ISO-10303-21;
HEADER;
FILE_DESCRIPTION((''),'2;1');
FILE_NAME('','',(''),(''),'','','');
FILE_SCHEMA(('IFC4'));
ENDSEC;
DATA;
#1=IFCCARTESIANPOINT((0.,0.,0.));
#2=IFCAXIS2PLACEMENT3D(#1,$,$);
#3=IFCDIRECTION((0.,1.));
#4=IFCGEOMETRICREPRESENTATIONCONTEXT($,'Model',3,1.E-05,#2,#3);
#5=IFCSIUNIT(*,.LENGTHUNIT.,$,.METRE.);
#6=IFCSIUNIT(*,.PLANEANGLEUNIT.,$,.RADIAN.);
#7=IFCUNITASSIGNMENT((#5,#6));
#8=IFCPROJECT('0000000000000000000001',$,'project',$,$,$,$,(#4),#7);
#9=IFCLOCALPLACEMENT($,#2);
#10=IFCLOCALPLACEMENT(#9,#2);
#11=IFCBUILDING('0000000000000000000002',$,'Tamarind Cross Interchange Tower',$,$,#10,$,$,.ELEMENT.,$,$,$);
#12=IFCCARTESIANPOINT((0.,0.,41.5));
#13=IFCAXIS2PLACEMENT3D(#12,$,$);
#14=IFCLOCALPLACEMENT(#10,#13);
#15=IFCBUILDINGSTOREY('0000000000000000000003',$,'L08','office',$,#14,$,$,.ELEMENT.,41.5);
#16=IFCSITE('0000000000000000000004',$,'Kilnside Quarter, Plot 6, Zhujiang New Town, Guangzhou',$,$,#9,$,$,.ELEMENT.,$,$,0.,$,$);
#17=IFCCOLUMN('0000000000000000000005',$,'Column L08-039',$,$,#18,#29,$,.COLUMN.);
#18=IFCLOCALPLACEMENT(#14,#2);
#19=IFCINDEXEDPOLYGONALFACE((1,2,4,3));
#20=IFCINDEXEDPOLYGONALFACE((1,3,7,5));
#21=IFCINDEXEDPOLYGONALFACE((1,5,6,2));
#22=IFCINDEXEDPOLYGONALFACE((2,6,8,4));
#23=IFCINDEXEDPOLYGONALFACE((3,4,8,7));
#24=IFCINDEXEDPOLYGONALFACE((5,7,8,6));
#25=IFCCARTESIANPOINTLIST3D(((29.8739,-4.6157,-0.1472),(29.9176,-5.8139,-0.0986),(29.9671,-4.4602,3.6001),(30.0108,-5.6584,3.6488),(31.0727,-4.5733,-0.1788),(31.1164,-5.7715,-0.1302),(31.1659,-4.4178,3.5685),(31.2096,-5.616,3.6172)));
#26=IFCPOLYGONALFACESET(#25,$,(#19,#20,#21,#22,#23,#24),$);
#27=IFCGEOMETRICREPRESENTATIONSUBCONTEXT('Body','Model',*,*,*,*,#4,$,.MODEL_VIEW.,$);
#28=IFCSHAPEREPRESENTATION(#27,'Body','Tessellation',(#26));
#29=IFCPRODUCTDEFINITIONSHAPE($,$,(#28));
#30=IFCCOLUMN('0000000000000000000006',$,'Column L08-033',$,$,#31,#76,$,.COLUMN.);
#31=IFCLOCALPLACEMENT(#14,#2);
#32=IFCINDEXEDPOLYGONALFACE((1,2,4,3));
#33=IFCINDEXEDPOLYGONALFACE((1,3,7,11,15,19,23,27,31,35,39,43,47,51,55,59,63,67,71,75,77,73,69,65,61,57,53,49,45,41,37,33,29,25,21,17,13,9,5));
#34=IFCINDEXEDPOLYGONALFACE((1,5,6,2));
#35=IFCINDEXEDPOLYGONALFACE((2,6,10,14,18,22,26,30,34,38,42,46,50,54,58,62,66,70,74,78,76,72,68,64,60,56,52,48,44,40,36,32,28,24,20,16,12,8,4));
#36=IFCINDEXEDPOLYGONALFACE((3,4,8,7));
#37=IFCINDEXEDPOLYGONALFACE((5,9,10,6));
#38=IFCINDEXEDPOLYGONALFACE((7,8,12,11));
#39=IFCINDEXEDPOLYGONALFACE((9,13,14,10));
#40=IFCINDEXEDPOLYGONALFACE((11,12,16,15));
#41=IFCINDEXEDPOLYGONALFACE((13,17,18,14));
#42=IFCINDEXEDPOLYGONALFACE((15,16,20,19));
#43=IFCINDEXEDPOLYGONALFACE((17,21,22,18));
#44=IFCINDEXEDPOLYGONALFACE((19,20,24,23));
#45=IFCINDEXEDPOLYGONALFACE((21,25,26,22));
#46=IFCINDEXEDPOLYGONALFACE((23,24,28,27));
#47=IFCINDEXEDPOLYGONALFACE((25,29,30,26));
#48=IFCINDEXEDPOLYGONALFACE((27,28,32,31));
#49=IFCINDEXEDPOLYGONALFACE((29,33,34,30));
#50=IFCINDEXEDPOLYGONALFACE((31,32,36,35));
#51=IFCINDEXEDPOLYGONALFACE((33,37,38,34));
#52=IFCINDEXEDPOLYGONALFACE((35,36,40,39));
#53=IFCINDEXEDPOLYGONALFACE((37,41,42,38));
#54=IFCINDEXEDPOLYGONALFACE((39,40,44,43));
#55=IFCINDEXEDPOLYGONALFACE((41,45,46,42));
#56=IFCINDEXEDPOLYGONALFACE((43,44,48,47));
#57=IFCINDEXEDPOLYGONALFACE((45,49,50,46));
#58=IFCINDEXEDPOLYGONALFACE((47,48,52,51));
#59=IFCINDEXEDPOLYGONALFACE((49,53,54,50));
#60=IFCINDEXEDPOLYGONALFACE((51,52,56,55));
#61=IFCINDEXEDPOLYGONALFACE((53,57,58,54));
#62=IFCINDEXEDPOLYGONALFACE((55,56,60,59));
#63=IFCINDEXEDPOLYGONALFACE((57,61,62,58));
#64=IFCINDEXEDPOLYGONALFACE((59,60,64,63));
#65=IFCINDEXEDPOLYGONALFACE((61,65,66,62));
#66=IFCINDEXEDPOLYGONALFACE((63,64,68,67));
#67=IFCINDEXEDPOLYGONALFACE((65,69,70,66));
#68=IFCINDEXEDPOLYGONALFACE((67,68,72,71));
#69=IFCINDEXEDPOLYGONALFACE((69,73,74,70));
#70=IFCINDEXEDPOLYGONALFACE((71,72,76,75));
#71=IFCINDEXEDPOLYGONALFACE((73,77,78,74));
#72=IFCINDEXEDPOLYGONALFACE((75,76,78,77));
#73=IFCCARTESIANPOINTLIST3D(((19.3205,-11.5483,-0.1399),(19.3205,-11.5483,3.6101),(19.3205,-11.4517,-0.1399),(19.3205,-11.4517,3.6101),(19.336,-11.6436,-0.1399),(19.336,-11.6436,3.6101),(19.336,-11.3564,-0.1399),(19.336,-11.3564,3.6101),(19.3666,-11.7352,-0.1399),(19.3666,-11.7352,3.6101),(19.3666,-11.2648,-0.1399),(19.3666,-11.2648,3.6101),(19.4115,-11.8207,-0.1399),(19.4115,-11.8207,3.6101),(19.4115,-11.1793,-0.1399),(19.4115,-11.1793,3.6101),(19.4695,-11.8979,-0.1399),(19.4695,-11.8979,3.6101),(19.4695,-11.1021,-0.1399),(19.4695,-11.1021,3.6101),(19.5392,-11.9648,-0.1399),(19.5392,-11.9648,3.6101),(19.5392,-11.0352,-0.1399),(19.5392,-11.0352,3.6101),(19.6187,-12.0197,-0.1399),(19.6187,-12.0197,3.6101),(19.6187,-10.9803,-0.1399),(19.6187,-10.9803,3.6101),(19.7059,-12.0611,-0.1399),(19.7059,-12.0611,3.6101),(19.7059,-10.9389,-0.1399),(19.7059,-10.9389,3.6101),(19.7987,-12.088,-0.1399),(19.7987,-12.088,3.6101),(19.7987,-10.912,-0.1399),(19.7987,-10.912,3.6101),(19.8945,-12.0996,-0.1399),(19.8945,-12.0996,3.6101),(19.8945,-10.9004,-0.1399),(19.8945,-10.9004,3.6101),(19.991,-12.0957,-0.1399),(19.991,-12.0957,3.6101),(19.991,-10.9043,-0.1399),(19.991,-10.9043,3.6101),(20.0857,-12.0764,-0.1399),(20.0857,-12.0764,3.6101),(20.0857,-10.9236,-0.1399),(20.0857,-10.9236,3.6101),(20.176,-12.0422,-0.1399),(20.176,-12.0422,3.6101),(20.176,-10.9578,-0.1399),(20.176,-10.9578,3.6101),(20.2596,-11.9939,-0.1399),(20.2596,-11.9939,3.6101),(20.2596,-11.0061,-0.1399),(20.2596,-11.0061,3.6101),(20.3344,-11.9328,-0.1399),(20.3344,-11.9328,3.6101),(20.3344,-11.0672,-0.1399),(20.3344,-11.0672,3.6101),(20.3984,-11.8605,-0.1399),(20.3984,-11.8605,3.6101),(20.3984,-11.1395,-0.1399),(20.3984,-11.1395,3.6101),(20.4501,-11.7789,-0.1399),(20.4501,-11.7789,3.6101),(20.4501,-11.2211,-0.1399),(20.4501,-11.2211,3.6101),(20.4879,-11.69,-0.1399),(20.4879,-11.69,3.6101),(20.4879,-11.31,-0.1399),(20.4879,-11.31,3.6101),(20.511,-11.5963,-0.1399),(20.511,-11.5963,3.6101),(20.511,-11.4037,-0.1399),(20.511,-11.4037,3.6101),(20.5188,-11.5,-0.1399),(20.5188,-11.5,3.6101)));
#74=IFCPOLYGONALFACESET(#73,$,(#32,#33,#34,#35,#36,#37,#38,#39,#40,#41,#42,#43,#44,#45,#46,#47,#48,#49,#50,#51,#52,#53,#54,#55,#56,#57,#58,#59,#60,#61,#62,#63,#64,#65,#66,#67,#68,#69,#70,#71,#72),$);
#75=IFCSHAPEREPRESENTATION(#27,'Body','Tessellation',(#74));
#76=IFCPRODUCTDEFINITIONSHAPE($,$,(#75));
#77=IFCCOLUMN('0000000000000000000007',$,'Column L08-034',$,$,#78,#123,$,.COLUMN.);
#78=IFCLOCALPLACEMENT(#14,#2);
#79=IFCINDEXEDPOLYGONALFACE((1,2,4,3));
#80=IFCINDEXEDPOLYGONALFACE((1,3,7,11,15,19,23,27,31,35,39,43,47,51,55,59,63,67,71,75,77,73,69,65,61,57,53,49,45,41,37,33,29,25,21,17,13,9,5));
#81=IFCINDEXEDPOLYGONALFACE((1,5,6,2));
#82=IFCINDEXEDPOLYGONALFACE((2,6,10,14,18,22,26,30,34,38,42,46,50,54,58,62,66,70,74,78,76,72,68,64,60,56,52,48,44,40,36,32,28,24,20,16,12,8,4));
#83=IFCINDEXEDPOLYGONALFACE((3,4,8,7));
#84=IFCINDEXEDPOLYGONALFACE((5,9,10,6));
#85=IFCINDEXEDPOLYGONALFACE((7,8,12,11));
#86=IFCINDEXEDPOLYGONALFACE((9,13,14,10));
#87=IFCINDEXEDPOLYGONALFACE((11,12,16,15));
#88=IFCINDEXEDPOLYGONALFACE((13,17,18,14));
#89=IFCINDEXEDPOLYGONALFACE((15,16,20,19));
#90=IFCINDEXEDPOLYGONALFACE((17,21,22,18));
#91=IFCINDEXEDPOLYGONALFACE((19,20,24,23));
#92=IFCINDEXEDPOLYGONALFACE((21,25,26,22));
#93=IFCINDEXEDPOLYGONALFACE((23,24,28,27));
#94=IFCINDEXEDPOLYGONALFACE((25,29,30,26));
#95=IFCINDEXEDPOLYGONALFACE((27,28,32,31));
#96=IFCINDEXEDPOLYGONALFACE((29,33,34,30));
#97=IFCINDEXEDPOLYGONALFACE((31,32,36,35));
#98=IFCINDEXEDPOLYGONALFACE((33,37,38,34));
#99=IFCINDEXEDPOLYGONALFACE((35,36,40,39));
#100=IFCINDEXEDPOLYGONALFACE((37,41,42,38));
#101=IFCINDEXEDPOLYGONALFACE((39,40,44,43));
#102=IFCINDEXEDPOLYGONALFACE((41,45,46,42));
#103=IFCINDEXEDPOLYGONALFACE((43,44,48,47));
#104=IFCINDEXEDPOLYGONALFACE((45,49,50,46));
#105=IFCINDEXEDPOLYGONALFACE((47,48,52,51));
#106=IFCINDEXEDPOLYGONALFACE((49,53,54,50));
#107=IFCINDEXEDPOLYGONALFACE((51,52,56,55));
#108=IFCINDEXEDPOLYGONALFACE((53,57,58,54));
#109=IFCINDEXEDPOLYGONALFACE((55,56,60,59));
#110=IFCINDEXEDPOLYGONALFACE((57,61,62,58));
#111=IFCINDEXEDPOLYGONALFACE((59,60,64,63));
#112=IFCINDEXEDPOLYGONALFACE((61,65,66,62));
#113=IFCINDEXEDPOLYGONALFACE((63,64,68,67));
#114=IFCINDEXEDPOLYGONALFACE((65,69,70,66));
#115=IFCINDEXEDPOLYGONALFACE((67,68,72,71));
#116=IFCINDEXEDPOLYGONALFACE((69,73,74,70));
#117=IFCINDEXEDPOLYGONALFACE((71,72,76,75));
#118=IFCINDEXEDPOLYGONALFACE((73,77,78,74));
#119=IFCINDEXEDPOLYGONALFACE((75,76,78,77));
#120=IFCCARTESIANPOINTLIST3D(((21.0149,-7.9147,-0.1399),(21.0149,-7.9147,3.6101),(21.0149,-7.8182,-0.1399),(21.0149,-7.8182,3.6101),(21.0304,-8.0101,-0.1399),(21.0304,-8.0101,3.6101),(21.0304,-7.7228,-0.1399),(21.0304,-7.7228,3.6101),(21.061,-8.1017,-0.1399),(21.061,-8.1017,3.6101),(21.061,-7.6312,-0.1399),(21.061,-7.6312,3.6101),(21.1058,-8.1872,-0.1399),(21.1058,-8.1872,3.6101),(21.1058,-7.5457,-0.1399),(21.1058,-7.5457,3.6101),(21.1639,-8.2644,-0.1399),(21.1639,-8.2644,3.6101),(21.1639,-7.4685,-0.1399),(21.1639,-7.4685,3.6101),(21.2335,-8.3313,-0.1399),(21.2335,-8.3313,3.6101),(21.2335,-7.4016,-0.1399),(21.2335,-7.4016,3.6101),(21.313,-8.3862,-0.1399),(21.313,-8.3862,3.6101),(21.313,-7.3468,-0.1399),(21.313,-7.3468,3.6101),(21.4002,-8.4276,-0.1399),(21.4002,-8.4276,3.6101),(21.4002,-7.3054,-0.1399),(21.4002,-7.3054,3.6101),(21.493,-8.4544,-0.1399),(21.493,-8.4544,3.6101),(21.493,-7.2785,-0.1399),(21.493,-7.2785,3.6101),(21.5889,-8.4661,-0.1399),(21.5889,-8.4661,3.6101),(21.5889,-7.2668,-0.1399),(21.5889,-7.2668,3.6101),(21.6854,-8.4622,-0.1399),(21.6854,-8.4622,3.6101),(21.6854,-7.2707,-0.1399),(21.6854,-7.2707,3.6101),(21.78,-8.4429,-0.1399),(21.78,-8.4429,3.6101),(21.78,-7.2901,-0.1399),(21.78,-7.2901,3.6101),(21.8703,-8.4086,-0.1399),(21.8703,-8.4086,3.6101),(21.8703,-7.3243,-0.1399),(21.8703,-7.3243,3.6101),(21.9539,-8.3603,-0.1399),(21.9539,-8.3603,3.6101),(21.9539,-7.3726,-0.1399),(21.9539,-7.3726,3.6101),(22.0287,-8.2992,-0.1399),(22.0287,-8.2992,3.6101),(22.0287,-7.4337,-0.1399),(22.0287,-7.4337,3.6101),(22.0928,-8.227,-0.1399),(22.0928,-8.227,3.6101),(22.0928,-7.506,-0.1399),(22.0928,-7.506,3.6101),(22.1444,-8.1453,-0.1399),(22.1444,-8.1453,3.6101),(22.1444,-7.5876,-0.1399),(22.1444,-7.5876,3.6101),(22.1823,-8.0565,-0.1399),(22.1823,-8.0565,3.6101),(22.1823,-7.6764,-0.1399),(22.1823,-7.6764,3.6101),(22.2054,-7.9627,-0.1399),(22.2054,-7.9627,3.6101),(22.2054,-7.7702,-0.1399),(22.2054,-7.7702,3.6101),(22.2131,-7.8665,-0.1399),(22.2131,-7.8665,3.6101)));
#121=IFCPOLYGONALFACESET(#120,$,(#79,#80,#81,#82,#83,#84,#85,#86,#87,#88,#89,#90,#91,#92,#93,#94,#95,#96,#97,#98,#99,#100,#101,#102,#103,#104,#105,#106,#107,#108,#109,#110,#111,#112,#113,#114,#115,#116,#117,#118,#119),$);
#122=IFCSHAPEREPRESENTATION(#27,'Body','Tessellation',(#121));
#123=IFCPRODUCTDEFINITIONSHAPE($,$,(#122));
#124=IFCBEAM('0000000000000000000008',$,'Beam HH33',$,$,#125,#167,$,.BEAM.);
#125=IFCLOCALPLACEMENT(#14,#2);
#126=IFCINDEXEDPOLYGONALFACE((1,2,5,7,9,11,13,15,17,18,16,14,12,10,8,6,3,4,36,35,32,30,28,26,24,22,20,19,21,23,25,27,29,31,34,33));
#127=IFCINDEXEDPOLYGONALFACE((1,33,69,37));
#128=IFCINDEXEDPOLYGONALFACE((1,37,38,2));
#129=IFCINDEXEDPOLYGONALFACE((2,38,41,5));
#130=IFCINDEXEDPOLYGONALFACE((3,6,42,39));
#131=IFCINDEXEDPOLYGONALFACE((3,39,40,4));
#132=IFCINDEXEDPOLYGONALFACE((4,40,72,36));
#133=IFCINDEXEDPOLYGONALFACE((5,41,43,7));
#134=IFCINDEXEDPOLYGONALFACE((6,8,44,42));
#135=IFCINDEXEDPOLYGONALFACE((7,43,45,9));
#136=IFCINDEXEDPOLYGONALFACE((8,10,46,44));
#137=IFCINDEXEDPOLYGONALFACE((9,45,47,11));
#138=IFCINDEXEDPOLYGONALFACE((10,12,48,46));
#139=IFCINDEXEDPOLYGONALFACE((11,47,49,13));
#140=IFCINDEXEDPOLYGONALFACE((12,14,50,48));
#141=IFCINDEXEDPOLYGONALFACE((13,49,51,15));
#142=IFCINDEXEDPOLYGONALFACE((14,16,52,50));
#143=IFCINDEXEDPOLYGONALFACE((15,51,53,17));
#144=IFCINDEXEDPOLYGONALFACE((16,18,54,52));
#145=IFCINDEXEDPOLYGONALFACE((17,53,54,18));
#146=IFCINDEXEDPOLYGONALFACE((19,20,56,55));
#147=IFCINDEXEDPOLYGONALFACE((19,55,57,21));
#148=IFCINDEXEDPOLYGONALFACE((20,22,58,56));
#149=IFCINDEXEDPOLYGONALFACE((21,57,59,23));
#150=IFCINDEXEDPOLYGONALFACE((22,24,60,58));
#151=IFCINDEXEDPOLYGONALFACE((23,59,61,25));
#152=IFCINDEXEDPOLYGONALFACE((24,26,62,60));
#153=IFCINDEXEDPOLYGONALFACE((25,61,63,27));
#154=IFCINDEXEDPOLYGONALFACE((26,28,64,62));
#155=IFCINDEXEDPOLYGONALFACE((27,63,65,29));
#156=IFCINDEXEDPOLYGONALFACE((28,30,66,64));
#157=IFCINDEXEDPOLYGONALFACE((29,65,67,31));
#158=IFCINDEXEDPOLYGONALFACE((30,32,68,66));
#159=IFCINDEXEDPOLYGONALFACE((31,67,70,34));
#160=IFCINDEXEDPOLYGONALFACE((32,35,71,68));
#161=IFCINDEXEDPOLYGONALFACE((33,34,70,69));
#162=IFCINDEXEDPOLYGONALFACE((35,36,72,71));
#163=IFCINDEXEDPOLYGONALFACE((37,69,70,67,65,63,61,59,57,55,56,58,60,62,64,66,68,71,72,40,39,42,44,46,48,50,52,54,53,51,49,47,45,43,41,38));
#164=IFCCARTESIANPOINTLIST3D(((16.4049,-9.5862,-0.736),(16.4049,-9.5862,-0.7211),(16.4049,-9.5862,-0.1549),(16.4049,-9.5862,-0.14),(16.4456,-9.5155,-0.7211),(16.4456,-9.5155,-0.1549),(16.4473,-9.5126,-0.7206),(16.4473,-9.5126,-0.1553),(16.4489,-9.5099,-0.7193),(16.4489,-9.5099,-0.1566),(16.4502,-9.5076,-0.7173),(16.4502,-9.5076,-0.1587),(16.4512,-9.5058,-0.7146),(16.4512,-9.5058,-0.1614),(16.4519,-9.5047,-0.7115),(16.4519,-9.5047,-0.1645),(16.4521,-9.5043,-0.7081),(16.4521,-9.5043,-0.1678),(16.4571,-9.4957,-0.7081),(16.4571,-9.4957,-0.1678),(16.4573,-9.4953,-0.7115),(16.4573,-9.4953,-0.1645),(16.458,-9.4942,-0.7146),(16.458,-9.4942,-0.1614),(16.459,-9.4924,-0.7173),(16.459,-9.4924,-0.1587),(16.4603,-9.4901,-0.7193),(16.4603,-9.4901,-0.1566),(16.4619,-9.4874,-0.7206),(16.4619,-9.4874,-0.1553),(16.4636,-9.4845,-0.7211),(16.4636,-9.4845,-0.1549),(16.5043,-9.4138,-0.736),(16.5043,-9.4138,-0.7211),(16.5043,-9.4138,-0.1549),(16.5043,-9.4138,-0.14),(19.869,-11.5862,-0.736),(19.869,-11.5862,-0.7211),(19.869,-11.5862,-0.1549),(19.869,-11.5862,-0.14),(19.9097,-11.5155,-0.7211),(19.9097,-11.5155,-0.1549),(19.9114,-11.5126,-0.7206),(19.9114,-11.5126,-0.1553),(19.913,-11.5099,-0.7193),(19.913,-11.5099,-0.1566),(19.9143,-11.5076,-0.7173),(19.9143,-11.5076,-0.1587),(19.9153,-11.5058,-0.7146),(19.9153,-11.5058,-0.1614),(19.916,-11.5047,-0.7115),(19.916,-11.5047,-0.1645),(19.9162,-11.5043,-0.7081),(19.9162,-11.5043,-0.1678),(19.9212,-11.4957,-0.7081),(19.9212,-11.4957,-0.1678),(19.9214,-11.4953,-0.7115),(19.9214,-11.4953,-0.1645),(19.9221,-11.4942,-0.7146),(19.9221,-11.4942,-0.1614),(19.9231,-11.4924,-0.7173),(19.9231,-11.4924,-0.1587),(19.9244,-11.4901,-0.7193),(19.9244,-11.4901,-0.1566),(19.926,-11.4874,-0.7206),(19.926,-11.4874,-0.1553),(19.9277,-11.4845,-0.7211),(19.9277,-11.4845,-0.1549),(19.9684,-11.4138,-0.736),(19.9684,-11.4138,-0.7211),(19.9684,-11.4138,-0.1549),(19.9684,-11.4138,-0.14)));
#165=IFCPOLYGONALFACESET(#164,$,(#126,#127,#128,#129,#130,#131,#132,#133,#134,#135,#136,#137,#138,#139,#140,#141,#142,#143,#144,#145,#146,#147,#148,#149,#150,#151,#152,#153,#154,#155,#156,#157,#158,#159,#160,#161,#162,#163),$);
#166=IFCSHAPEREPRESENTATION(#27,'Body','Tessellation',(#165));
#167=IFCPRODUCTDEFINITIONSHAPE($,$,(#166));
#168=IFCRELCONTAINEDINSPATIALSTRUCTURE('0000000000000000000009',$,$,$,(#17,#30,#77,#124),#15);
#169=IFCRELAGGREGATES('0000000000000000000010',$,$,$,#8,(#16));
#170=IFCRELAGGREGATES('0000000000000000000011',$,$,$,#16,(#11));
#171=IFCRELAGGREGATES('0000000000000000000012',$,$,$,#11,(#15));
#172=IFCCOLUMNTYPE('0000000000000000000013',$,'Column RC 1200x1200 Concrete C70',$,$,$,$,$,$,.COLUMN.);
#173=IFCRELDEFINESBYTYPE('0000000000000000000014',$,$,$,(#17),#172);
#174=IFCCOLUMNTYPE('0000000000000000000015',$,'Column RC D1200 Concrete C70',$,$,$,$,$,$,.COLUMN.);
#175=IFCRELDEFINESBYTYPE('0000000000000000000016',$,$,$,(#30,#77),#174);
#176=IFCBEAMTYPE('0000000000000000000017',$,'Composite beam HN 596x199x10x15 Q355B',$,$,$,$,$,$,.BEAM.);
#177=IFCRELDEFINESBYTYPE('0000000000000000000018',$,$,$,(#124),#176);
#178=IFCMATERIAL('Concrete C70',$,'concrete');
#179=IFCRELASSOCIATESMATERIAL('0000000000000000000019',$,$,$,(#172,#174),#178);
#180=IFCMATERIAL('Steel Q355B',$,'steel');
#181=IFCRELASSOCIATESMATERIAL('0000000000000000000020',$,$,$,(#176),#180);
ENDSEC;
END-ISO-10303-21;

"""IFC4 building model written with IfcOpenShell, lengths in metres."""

from ifc_helpers import new_model, si_unit, direction, frame, origin, origin_2d, place, context, subcontext, project, spatial, rectangle, circle, i_section, extrude, material, material_profile, profile_set, type_object, element, save


model = new_model("IFC4")

# Units and contexts
model_context = context("Model", 3, precision=1e-05, world=origin(), true_north=direction((0.0, 1.0)))
body_context = subcontext(model_context, "Body", "Model", "MODEL_VIEW")
ifc_project = project(units=[si_unit("LENGTHUNIT", "METRE"), si_unit("PLANEANGLEUNIT", "RADIAN")], contexts=[model_context])

# Site, building, storey
site_placement = place(None, origin())
site = spatial("IfcSite", under=ifc_project, at=site_placement, Name="Kilnside Quarter, Plot 6, Zhujiang New Town, Guangzhou", CompositionType="ELEMENT", RefElevation=0.0)
building_placement = place(site_placement, origin())
building = spatial("IfcBuilding", under=site, at=building_placement, Name="Tamarind Cross Interchange Tower", CompositionType="ELEMENT")
storey_placement = place(building_placement, frame((0.0, 0.0, 41.5)))
storey = spatial("IfcBuildingStorey", under=building, at=storey_placement, Name="L08", Description="office", CompositionType="ELEMENT", Elevation=41.5)

# Columns
ifc_material_1 = material(Name="Concrete C70", Category="concrete")
ifc_material_profile_1 = material_profile(ifc_material_1, rectangle(XDim=1.2, YDim=1.2, at=origin_2d()), Name="RC 1200x1200")
ifc_profile_set_1 = profile_set([ifc_material_profile_1], Name="Concrete C70")
column_type_1 = type_object("IfcColumnType", Name="Column RC 1200x1200 Concrete C70", PredefinedType="COLUMN", material=ifc_profile_set_1)
column_placement = place(storey_placement, frame((30.4951, -5.1936, -0.1387), z_axis=(0.024859, 0.041453, 0.998831), x_axis=(-0.999028, -0.035357, 0.026331)))
element("IfcColumn", 1, at=column_placement, inside=storey, type_object=column_type_1, Name="Column L08-039", PredefinedType="COLUMN", context=body_context, shape_type="SweptSolid", body=[
    extrude(rectangle(XDim=1.2, YDim=1.2, at=origin_2d()), origin(), (0.0, 0.0, 1.0), 3.7517),
])
ifc_material_profile_2 = material_profile(ifc_material_1, circle(Radius=0.6001, at=origin_2d()), Name="RC D1200")
ifc_profile_set_2 = profile_set([ifc_material_profile_2], Name="Concrete C70")
column_type_2 = type_object("IfcColumnType", Name="Column RC D1200 Concrete C70", PredefinedType="COLUMN", material=ifc_profile_set_2)
for number, where, z_axis, x_axis, name in (
    (2, (19.9187, -11.5, -0.1399), (0.0, 0.0, 1.0), (1.0, 0.0, 0.0), "Column L08-033"),
    (3, (21.613, -7.8665, -0.1399), (0.0, 0.0, 1.0), (1.0, 0.0, 0.0), "Column L08-034"),
):
    element("IfcColumn", number, at=place(storey_placement, frame(where, z_axis=z_axis, x_axis=x_axis)), inside=storey, type_object=column_type_2, Name=name, PredefinedType="COLUMN", context=body_context, shape_type="SweptSolid", body=[
        extrude(circle(Radius=0.6001, at=origin_2d()), origin(), (0.0, 0.0, 1.0), 3.75),
    ])

# Beam
ifc_material_2 = material(Name="Steel Q355B", Category="steel")
ifc_material_profile_3 = material_profile(ifc_material_2, i_section(OverallWidth=0.199, OverallDepth=0.5959, WebThickness=0.01, FlangeThickness=0.0149, FilletRadius=0.0129, at=origin_2d()), Name="HN 596x199x10x15")
ifc_profile_set_3 = profile_set([ifc_material_profile_3], Name="Steel Q355B")
beam_type = type_object("IfcBeamType", Name="Composite beam HN 596x199x10x15 Q355B", PredefinedType="BEAM", material=ifc_profile_set_3)
beam_1_placement = place(storey_placement, frame((19.9187, -11.5, -0.438), z_axis=(-0.866026, 0.499999, 0.0), x_axis=(-0.499999, -0.866026, 0.0)))
element("IfcBeam", 4, at=beam_1_placement, inside=storey, type_object=beam_type, Name="Beam HH33", PredefinedType="BEAM", context=body_context, shape_type="SweptSolid", body=[
    extrude(i_section(OverallWidth=0.199, OverallDepth=0.5959, WebThickness=0.01, FlangeThickness=0.0149, FilletRadius=0.0129, at=origin_2d()), origin(), (0.0, 0.0, 1.0), 4.0),
])

save(model, "model.ifc")
